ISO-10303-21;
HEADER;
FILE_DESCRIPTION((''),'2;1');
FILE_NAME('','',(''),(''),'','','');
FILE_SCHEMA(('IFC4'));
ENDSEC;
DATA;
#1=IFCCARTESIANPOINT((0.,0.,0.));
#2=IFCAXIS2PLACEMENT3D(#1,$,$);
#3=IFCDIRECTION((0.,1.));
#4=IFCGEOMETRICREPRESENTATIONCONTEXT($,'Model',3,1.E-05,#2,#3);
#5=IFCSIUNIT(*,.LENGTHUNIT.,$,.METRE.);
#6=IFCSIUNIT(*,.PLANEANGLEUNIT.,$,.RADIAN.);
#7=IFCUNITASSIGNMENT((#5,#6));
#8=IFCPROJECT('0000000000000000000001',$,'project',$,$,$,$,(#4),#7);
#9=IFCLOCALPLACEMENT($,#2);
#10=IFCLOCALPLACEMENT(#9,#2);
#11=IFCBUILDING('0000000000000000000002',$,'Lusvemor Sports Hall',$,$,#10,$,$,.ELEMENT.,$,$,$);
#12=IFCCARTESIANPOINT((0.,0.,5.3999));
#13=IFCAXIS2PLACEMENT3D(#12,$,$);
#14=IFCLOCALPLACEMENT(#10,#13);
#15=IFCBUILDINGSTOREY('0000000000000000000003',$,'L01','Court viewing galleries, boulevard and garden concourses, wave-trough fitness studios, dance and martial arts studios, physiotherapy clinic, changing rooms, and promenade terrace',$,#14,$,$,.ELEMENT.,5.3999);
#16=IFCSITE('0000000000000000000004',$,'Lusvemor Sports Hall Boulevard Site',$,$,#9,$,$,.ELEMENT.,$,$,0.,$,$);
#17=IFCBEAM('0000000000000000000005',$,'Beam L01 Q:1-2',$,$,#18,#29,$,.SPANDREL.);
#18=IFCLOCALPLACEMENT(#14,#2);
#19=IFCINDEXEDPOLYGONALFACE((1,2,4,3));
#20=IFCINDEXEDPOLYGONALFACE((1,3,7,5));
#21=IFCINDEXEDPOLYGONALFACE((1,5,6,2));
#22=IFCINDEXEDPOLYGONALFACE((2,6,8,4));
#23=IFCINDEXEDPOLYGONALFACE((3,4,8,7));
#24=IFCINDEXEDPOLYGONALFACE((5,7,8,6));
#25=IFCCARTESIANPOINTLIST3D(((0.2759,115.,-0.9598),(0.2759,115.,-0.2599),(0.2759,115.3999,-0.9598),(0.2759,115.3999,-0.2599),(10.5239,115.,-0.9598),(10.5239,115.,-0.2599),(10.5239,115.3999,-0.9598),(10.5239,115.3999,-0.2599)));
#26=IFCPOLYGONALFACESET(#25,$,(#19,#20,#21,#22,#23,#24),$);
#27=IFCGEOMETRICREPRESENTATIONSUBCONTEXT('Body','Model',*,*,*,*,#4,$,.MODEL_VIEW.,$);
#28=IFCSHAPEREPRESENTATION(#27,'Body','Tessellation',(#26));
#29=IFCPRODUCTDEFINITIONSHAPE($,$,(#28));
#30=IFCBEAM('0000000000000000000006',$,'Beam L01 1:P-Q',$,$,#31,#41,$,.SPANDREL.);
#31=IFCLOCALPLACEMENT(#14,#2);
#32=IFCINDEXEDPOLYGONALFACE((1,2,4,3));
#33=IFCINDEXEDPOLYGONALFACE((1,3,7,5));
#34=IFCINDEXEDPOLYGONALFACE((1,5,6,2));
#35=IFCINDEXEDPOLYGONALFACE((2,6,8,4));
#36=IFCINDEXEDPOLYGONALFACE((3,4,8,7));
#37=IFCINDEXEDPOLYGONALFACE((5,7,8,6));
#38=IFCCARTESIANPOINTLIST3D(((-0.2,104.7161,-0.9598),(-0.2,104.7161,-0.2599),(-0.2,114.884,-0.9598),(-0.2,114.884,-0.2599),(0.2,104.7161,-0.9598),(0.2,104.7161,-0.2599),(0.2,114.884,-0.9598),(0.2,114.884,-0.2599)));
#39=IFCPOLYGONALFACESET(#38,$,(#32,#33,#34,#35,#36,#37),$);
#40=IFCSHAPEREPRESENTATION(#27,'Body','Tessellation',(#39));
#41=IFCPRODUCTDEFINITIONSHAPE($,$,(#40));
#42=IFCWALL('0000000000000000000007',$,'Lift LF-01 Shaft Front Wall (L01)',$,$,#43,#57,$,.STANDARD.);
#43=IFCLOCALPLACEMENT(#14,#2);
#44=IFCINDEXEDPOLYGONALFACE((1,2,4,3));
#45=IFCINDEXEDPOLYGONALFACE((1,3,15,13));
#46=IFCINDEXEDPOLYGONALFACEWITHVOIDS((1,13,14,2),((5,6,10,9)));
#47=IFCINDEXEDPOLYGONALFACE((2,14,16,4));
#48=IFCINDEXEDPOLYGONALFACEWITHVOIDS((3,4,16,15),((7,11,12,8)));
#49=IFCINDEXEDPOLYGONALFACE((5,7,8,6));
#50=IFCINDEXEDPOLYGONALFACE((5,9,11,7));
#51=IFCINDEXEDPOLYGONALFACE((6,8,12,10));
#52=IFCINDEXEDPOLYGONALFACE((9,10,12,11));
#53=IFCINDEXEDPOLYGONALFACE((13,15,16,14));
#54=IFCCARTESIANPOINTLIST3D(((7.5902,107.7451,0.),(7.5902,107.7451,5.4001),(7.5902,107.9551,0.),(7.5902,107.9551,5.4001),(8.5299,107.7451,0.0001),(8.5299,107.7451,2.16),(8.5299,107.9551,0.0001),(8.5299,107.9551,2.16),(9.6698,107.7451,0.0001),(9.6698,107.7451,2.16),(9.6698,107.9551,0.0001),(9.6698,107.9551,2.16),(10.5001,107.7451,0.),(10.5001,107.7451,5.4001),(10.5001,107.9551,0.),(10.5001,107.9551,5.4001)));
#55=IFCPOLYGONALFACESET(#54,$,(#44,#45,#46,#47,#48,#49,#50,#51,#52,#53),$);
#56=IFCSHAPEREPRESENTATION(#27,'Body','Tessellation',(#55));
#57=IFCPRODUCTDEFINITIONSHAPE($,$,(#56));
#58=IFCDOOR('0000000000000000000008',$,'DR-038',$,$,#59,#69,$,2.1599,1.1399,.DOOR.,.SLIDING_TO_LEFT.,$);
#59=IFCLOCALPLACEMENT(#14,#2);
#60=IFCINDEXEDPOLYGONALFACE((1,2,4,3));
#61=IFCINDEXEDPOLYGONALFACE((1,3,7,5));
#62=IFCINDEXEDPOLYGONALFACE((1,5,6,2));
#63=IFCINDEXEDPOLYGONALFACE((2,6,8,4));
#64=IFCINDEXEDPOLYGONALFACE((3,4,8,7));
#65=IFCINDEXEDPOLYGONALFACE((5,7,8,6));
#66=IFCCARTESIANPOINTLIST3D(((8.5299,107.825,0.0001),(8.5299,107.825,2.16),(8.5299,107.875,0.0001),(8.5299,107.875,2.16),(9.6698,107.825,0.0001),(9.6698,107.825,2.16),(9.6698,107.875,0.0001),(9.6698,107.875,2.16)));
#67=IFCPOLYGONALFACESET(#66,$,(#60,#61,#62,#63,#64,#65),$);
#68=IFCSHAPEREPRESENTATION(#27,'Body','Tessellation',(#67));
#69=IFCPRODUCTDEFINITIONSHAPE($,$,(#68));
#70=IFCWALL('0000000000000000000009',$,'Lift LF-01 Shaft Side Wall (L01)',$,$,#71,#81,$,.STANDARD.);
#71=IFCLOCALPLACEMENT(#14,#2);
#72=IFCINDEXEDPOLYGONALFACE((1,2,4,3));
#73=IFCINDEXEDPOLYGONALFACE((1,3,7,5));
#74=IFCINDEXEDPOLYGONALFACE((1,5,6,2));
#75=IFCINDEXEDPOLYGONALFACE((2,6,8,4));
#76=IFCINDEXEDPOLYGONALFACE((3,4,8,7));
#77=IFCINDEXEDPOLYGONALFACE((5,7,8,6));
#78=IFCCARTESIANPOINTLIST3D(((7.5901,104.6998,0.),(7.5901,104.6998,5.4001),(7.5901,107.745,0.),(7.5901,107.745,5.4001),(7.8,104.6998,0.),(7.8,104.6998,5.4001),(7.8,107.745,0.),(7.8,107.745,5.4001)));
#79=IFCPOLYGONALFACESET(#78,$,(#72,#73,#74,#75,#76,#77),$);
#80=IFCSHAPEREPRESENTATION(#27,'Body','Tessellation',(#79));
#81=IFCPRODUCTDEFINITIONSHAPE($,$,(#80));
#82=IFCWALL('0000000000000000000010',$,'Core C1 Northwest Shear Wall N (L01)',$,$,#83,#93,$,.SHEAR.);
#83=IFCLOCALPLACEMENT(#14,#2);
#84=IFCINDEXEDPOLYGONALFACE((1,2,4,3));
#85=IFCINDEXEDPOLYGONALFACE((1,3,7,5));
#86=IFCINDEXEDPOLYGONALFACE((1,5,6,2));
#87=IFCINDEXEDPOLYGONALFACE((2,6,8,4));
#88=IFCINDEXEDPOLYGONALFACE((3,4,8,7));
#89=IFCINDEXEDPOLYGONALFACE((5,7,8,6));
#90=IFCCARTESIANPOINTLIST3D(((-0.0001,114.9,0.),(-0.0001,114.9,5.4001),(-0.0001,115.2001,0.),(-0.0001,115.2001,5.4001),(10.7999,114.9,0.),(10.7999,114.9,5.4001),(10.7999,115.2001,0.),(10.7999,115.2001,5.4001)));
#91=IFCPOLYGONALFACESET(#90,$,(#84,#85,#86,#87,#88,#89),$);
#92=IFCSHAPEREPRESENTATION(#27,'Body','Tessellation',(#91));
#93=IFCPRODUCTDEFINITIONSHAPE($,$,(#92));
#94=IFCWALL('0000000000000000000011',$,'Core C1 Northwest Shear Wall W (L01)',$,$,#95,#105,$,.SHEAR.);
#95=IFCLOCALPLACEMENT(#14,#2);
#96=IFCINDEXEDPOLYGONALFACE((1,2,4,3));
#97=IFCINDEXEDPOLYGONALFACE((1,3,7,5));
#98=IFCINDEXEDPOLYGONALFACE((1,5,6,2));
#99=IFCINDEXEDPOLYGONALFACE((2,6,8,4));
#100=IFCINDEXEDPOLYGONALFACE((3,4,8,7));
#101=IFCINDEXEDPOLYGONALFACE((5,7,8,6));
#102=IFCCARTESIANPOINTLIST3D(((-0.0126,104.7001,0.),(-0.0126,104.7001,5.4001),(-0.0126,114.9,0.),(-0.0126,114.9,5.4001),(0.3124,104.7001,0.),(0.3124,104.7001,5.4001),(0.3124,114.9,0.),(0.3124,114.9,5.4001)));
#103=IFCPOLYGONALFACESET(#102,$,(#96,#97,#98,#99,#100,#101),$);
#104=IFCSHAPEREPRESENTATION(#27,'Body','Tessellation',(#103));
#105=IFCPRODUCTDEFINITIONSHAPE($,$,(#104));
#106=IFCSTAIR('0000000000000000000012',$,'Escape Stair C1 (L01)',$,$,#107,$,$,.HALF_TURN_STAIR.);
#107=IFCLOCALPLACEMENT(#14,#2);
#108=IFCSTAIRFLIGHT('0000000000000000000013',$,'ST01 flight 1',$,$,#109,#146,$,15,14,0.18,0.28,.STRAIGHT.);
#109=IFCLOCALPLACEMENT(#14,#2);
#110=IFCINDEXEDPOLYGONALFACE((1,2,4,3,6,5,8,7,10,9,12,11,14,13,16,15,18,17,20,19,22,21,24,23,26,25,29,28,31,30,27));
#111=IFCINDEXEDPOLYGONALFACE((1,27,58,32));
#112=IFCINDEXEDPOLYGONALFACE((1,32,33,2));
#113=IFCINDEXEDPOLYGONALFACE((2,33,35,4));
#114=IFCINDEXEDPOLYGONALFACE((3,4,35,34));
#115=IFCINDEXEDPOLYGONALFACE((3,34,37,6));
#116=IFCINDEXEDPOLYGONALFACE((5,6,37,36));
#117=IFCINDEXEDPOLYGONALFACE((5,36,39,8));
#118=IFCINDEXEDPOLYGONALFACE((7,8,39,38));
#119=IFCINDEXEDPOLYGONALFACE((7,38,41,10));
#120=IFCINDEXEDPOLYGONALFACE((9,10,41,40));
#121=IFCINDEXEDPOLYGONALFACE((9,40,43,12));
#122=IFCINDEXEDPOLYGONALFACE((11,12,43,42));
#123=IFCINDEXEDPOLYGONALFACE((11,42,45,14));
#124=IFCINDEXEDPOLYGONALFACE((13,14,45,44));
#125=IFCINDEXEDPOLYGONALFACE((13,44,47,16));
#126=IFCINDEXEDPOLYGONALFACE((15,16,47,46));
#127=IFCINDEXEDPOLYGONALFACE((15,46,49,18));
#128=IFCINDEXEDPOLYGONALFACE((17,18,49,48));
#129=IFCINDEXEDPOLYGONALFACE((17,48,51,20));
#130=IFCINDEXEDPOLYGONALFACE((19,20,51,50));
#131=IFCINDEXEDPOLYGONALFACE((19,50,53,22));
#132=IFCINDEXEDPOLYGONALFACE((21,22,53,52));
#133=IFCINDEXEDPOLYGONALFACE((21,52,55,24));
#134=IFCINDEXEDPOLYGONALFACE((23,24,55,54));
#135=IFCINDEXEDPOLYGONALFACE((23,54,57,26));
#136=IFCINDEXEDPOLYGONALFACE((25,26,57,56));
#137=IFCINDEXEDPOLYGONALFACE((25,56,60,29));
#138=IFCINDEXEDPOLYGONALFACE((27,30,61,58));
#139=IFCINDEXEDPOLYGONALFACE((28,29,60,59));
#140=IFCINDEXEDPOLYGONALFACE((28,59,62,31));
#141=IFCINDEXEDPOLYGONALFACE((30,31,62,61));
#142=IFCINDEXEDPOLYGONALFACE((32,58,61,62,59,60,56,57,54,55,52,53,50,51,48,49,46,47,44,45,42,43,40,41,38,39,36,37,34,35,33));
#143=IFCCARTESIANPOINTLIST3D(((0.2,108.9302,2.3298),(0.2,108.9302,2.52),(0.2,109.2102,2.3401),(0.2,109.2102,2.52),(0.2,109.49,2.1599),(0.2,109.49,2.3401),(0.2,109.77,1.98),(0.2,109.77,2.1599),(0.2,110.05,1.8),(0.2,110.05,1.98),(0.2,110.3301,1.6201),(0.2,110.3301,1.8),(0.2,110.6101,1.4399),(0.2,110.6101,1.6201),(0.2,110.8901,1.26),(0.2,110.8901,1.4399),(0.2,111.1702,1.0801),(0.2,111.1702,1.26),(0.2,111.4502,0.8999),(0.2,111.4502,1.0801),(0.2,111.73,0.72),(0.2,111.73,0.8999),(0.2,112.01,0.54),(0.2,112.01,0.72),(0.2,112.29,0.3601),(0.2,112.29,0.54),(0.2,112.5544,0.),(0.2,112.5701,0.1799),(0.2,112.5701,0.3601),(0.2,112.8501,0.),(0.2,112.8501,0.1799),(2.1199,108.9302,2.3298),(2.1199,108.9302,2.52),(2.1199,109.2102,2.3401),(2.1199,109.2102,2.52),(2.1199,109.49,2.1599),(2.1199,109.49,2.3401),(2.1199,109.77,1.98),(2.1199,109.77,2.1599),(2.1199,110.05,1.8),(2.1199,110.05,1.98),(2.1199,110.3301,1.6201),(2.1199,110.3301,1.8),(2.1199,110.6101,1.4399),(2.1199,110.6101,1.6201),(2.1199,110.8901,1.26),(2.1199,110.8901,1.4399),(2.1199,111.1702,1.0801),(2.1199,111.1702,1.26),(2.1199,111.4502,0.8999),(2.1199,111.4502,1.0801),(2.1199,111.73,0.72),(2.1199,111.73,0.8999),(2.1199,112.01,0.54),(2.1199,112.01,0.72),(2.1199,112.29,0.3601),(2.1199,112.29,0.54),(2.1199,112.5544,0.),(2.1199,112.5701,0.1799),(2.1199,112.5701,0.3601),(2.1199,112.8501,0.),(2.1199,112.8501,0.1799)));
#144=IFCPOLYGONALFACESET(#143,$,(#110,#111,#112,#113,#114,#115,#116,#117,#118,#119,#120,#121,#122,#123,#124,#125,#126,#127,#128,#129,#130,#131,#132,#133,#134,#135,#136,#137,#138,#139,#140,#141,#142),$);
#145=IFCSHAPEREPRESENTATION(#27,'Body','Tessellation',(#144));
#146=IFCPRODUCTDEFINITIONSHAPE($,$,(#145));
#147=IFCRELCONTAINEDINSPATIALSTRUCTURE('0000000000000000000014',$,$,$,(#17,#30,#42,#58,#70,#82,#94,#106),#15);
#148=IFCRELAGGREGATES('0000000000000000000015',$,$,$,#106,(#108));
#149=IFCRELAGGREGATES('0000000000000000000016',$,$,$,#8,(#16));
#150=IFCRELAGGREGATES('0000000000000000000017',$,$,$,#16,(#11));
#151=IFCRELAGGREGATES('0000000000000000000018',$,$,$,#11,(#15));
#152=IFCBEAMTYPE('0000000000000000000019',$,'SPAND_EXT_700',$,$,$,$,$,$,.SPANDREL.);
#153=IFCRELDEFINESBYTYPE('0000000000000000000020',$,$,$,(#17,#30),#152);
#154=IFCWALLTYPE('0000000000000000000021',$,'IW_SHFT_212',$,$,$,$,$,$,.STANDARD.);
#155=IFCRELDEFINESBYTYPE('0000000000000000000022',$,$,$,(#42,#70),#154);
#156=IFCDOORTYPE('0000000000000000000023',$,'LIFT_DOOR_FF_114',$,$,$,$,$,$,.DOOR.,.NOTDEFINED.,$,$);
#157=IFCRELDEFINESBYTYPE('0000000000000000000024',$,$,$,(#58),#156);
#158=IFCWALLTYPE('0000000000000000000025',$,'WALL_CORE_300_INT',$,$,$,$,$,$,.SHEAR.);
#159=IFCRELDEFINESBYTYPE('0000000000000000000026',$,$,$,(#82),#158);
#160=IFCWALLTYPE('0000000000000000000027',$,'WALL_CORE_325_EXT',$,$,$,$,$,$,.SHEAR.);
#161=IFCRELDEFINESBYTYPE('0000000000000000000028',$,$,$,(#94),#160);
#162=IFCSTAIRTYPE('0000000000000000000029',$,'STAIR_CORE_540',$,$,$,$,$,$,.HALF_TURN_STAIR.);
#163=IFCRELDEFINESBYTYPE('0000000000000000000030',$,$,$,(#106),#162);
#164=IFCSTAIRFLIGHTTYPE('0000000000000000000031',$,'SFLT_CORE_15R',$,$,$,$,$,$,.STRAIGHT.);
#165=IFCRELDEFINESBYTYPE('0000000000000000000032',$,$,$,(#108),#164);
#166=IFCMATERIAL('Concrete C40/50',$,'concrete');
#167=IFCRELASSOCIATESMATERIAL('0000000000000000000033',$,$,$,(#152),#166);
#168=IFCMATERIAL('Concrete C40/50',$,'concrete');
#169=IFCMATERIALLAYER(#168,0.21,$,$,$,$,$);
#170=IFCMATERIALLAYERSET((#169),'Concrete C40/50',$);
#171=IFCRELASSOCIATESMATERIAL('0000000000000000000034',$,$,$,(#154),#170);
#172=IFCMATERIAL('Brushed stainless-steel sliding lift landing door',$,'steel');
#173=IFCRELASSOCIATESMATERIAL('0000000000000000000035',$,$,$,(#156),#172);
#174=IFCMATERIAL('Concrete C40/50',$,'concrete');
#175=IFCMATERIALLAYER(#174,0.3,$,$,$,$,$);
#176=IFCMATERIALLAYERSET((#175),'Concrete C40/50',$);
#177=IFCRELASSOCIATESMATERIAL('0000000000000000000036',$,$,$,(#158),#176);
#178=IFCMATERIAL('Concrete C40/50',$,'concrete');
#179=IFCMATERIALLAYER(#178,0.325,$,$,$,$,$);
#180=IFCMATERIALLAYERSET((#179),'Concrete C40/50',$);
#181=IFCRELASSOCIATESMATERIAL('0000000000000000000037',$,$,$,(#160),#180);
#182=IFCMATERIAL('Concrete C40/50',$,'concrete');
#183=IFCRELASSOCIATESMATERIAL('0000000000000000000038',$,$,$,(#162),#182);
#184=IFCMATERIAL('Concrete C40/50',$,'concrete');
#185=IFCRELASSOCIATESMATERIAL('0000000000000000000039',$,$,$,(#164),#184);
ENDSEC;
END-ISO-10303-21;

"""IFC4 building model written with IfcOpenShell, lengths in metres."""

from ifc_helpers import new_model, si_unit, direction, frame, frame_2d, origin, origin_2d, place, context, subcontext, project, spatial, polyline, rectangle, outline, extrude, material, layer, layer_set, material_profile, profile_set, type_object, element, fill, aggregate, save


model = new_model("IFC4")

# Units and contexts
model_context = context("Model", 3, precision=1e-05, world=origin(), true_north=direction((0.0, 1.0)))
body_context = subcontext(model_context, "Body", "Model", "MODEL_VIEW")
ifc_project = project(units=[si_unit("LENGTHUNIT", "METRE"), si_unit("PLANEANGLEUNIT", "RADIAN")], contexts=[model_context])

# Site, building, storey
site_placement = place(None, origin())
site = spatial("IfcSite", under=ifc_project, at=site_placement, Name="Lusvemor Sports Hall Boulevard Site", CompositionType="ELEMENT", RefElevation=0.0)
building_placement = place(site_placement, origin())
building = spatial("IfcBuilding", under=site, at=building_placement, Name="Lusvemor Sports Hall", CompositionType="ELEMENT")
storey_placement = place(building_placement, frame((0.0, 0.0, 5.3999)))
storey = spatial("IfcBuildingStorey", under=building, at=storey_placement, Name="L01", Description="Court viewing galleries, boulevard and garden concourses, wave-trough fitness studios, dance and martial arts studios, physiotherapy clinic, changing rooms, and promenade terrace", CompositionType="ELEMENT", Elevation=5.3999)

# Beams
ifc_material_1 = material(Name="Concrete C40/50", Category="concrete")
ifc_material_profile_1 = material_profile(ifc_material_1, rectangle(XDim=0.3999, YDim=0.7, at=origin_2d()), Name="RC400x700")
ifc_profile_set_1 = profile_set([ifc_material_profile_1], Name="Concrete C40/50")
beam_type_1 = type_object("IfcBeamType", Name="SPAND_EXT_700", PredefinedType="SPANDREL", material=ifc_profile_set_1)
beam_1_placement = place(storey_placement, frame((0.2759, 115.2, -0.6099), z_axis=(1.0, 0.0, 0.0), x_axis=(0.0, 1.0, 0.0)))
element("IfcBeam", 1, at=beam_1_placement, inside=storey, type_object=beam_type_1, Name="Beam L01 Q:1-2", PredefinedType="SPANDREL", context=body_context, shape_type="SweptSolid", body=[
    extrude(rectangle(XDim=0.3999, YDim=0.7, at=origin_2d()), origin(), (0.0, 0.0, 1.0), 10.248),
])
beam_2_placement = place(storey_placement, frame((0.0, 104.7161, -0.6099), z_axis=(0.0, 1.0, 0.0), x_axis=(-1.0, 0.0, 0.0)))
element("IfcBeam", 2, at=beam_2_placement, inside=storey, type_object=beam_type_1, Name="Beam L01 1:P-Q", PredefinedType="SPANDREL", context=body_context, shape_type="SweptSolid", body=[
    extrude(rectangle(XDim=0.3999, YDim=0.7, at=origin_2d()), origin(), (0.0, 0.0, 1.0), 10.168),
])

# Wall, opening, door
ifc_material_2 = material(Name="Concrete C40/50", Category="concrete")
ifc_layer_1 = layer(ifc_material_2, 0.21)
ifc_layer_set_1 = layer_set([ifc_layer_1], Name="Concrete C40/50")
wall_type_1 = type_object("IfcWallType", Name="IW_SHFT_212", PredefinedType="STANDARD", material=ifc_layer_set_1)
wall_1_placement = place(storey_placement, frame((7.5901, 107.8501, 0.0), z_axis=(0.0, 0.0, 1.0), x_axis=(1.0, 0.0, 0.0)))
wall_1 = element("IfcWall", 3, at=wall_1_placement, inside=storey, type_object=wall_type_1, Name="Lift LF-01 Shaft Front Wall (L01)", PredefinedType="STANDARD", context=body_context, shape_type="SweptSolid", body=[
    extrude(rectangle(XDim=2.9099, YDim=0.21, at=frame_2d((1.4551, 0.0))), origin(), (0.0, 0.0, 1.0), 5.4001),
])
opening_1_placement = place(wall_1_placement, frame((0.9399, 0.0, 0.0)))
opening_1 = element("IfcOpeningElement", 4, at=opening_1_placement, cuts=wall_1, PredefinedType="OPENING", context=body_context, shape_type="SweptSolid", body=[
    extrude(rectangle(XDim=1.1399, YDim=2.1599, at=frame_2d((0.5698, 1.0801))), frame((0.0, 0.105, 0.0), z_axis=(0.0, -1.0, 0.0), x_axis=(1.0, 0.0, 0.0)), (0.0, 0.0, 1.0), 0.21),
])
ifc_material_3 = material(Name="Brushed stainless-steel sliding lift landing door", Category="steel")
door_type_1 = type_object("IfcDoorType", Name="LIFT_DOOR_FF_114", OperationType="NOTDEFINED", PredefinedType="DOOR", material=ifc_material_3)
door_1_placement = place(opening_1_placement, origin())
door_1 = element("IfcDoor", 5, at=door_1_placement, inside=storey, type_object=door_type_1, Name="DR-038", OperationType="SLIDING_TO_LEFT", OverallHeight=2.1599, OverallWidth=1.1399, PredefinedType="DOOR", context=body_context, shape_type="SweptSolid", body=[
    extrude(rectangle(XDim=1.1399, YDim=2.1599, at=frame_2d((0.5698, 1.0801))), frame((0.0, 0.0249, 0.0), z_axis=(0.0, -1.0, 0.0), x_axis=(1.0, 0.0, 0.0)), (0.0, 0.0, 1.0), 0.05),
])
fill(opening_1, door_1)

# Walls
wall_2_placement = place(storey_placement, frame((7.6951, 104.7, 0.0), z_axis=(0.0, 0.0, 1.0), x_axis=(0.0, 1.0, 0.0)))
element("IfcWall", 6, at=wall_2_placement, inside=storey, type_object=wall_type_1, Name="Lift LF-01 Shaft Side Wall (L01)", PredefinedType="STANDARD", context=body_context, shape_type="SweptSolid", body=[
    extrude(rectangle(XDim=3.0452, YDim=0.21, at=frame_2d((1.5225, 0.0))), origin(), (0.0, 0.0, 1.0), 5.4001),
])
ifc_material_4 = material(Name="Concrete C40/50", Category="concrete")
ifc_layer_2 = layer(ifc_material_4, 0.3)
ifc_layer_set_2 = layer_set([ifc_layer_2], Name="Concrete C40/50")
wall_type_2 = type_object("IfcWallType", Name="WALL_CORE_300_INT", PredefinedType="SHEAR", material=ifc_layer_set_2)
wall_3_placement = place(storey_placement, frame((0.0, 115.05, 0.0), z_axis=(0.0, 0.0, 1.0), x_axis=(1.0, 0.0, 0.0)))
element("IfcWall", 7, at=wall_3_placement, inside=storey, type_object=wall_type_2, Name="Core C1 Northwest Shear Wall N (L01)", PredefinedType="SHEAR", context=body_context, shape_type="SweptSolid", body=[
    extrude(rectangle(XDim=10.8, YDim=0.3, at=frame_2d((5.3999, 0.0))), origin(), (0.0, 0.0, 1.0), 5.4001),
])

# Wall
ifc_material_5 = material(Name="Concrete C40/50", Category="concrete")
ifc_layer_3 = layer(ifc_material_5, 0.325)
ifc_layer_set_3 = layer_set([ifc_layer_3], Name="Concrete C40/50")
wall_type_3 = type_object("IfcWallType", Name="WALL_CORE_325_EXT", PredefinedType="SHEAR", material=ifc_layer_set_3)
wall_4_placement = place(storey_placement, frame((0.1499, 104.7, 0.0), z_axis=(0.0, 0.0, 1.0), x_axis=(0.0, 1.0, 0.0)))
element("IfcWall", 8, at=wall_4_placement, inside=storey, type_object=wall_type_3, Name="Core C1 Northwest Shear Wall W (L01)", PredefinedType="SHEAR", context=body_context, shape_type="SweptSolid", body=[
    extrude(rectangle(XDim=10.2, YDim=0.325, at=frame_2d((5.1001, 0.0))), origin(), (0.0, 0.0, 1.0), 5.4001),
])

# Stair, stair flight
ifc_material_6 = material(Name="Concrete C40/50", Category="concrete")
stair_type = type_object("IfcStairType", Name="STAIR_CORE_540", PredefinedType="HALF_TURN_STAIR", material=ifc_material_6)
stair_placement = place(storey_placement, origin())
stair = element("IfcStair", 9, at=stair_placement, inside=storey, type_object=stair_type, Name="Escape Stair C1 (L01)", PredefinedType="HALF_TURN_STAIR")
ifc_material_7 = material(Name="Concrete C40/50", Category="concrete")
stair_flight_type = type_object("IfcStairFlightType", Name="SFLT_CORE_15R", PredefinedType="STRAIGHT", material=ifc_material_7)
stair_flight_1_placement = place(storey_placement, frame((1.1599, 112.8501, 0.0), z_axis=(0.0, 0.0, 1.0), x_axis=(0.0, -1.0, 0.0)))
stair_flight_1 = element("IfcStairFlight", 10, at=stair_flight_1_placement, type_object=stair_flight_type, Name="ST01 flight 1", NumberOfRisers=15, NumberOfTreads=14, PredefinedType="STRAIGHT", RiserHeight=0.18, TreadLength=0.28, context=body_context, shape_type="SweptSolid", body=[
    extrude(outline(polyline([(0.0, 0.0), (0.0, 0.1799), (0.28, 0.1799), (0.28, 0.3601), (0.5601, 0.3601), (0.5601, 0.54), (0.8401, 0.54), (0.8401, 0.72), (1.1201, 0.72), (1.1201, 0.8999), (1.3999, 0.8999), (1.3999, 1.0801), (1.6799, 1.0801), (1.6799, 1.26), (1.96, 1.26), (1.96, 1.4399), (2.24, 1.4399), (2.24, 1.6201), (2.52, 1.6201), (2.52, 1.8), (2.8, 1.8), (2.8, 1.98), (3.0801, 1.98), (3.0801, 2.1599), (3.3601, 2.1599), (3.3601, 2.3401), (3.6399, 2.3401), (3.6399, 2.52), (3.9199, 2.52), (3.9199, 2.7), (3.9199, 2.3298), (0.2957, 0.0), (0.0, 0.0)])), frame((0.0, 0.96, 0.0), z_axis=(0.0, -1.0, 0.0), x_axis=(1.0, 0.0, 0.0)), (0.0, 0.0, 1.0), 1.9199),
])
aggregate(stair, [stair_flight_1])

save(model, "model.ifc")
